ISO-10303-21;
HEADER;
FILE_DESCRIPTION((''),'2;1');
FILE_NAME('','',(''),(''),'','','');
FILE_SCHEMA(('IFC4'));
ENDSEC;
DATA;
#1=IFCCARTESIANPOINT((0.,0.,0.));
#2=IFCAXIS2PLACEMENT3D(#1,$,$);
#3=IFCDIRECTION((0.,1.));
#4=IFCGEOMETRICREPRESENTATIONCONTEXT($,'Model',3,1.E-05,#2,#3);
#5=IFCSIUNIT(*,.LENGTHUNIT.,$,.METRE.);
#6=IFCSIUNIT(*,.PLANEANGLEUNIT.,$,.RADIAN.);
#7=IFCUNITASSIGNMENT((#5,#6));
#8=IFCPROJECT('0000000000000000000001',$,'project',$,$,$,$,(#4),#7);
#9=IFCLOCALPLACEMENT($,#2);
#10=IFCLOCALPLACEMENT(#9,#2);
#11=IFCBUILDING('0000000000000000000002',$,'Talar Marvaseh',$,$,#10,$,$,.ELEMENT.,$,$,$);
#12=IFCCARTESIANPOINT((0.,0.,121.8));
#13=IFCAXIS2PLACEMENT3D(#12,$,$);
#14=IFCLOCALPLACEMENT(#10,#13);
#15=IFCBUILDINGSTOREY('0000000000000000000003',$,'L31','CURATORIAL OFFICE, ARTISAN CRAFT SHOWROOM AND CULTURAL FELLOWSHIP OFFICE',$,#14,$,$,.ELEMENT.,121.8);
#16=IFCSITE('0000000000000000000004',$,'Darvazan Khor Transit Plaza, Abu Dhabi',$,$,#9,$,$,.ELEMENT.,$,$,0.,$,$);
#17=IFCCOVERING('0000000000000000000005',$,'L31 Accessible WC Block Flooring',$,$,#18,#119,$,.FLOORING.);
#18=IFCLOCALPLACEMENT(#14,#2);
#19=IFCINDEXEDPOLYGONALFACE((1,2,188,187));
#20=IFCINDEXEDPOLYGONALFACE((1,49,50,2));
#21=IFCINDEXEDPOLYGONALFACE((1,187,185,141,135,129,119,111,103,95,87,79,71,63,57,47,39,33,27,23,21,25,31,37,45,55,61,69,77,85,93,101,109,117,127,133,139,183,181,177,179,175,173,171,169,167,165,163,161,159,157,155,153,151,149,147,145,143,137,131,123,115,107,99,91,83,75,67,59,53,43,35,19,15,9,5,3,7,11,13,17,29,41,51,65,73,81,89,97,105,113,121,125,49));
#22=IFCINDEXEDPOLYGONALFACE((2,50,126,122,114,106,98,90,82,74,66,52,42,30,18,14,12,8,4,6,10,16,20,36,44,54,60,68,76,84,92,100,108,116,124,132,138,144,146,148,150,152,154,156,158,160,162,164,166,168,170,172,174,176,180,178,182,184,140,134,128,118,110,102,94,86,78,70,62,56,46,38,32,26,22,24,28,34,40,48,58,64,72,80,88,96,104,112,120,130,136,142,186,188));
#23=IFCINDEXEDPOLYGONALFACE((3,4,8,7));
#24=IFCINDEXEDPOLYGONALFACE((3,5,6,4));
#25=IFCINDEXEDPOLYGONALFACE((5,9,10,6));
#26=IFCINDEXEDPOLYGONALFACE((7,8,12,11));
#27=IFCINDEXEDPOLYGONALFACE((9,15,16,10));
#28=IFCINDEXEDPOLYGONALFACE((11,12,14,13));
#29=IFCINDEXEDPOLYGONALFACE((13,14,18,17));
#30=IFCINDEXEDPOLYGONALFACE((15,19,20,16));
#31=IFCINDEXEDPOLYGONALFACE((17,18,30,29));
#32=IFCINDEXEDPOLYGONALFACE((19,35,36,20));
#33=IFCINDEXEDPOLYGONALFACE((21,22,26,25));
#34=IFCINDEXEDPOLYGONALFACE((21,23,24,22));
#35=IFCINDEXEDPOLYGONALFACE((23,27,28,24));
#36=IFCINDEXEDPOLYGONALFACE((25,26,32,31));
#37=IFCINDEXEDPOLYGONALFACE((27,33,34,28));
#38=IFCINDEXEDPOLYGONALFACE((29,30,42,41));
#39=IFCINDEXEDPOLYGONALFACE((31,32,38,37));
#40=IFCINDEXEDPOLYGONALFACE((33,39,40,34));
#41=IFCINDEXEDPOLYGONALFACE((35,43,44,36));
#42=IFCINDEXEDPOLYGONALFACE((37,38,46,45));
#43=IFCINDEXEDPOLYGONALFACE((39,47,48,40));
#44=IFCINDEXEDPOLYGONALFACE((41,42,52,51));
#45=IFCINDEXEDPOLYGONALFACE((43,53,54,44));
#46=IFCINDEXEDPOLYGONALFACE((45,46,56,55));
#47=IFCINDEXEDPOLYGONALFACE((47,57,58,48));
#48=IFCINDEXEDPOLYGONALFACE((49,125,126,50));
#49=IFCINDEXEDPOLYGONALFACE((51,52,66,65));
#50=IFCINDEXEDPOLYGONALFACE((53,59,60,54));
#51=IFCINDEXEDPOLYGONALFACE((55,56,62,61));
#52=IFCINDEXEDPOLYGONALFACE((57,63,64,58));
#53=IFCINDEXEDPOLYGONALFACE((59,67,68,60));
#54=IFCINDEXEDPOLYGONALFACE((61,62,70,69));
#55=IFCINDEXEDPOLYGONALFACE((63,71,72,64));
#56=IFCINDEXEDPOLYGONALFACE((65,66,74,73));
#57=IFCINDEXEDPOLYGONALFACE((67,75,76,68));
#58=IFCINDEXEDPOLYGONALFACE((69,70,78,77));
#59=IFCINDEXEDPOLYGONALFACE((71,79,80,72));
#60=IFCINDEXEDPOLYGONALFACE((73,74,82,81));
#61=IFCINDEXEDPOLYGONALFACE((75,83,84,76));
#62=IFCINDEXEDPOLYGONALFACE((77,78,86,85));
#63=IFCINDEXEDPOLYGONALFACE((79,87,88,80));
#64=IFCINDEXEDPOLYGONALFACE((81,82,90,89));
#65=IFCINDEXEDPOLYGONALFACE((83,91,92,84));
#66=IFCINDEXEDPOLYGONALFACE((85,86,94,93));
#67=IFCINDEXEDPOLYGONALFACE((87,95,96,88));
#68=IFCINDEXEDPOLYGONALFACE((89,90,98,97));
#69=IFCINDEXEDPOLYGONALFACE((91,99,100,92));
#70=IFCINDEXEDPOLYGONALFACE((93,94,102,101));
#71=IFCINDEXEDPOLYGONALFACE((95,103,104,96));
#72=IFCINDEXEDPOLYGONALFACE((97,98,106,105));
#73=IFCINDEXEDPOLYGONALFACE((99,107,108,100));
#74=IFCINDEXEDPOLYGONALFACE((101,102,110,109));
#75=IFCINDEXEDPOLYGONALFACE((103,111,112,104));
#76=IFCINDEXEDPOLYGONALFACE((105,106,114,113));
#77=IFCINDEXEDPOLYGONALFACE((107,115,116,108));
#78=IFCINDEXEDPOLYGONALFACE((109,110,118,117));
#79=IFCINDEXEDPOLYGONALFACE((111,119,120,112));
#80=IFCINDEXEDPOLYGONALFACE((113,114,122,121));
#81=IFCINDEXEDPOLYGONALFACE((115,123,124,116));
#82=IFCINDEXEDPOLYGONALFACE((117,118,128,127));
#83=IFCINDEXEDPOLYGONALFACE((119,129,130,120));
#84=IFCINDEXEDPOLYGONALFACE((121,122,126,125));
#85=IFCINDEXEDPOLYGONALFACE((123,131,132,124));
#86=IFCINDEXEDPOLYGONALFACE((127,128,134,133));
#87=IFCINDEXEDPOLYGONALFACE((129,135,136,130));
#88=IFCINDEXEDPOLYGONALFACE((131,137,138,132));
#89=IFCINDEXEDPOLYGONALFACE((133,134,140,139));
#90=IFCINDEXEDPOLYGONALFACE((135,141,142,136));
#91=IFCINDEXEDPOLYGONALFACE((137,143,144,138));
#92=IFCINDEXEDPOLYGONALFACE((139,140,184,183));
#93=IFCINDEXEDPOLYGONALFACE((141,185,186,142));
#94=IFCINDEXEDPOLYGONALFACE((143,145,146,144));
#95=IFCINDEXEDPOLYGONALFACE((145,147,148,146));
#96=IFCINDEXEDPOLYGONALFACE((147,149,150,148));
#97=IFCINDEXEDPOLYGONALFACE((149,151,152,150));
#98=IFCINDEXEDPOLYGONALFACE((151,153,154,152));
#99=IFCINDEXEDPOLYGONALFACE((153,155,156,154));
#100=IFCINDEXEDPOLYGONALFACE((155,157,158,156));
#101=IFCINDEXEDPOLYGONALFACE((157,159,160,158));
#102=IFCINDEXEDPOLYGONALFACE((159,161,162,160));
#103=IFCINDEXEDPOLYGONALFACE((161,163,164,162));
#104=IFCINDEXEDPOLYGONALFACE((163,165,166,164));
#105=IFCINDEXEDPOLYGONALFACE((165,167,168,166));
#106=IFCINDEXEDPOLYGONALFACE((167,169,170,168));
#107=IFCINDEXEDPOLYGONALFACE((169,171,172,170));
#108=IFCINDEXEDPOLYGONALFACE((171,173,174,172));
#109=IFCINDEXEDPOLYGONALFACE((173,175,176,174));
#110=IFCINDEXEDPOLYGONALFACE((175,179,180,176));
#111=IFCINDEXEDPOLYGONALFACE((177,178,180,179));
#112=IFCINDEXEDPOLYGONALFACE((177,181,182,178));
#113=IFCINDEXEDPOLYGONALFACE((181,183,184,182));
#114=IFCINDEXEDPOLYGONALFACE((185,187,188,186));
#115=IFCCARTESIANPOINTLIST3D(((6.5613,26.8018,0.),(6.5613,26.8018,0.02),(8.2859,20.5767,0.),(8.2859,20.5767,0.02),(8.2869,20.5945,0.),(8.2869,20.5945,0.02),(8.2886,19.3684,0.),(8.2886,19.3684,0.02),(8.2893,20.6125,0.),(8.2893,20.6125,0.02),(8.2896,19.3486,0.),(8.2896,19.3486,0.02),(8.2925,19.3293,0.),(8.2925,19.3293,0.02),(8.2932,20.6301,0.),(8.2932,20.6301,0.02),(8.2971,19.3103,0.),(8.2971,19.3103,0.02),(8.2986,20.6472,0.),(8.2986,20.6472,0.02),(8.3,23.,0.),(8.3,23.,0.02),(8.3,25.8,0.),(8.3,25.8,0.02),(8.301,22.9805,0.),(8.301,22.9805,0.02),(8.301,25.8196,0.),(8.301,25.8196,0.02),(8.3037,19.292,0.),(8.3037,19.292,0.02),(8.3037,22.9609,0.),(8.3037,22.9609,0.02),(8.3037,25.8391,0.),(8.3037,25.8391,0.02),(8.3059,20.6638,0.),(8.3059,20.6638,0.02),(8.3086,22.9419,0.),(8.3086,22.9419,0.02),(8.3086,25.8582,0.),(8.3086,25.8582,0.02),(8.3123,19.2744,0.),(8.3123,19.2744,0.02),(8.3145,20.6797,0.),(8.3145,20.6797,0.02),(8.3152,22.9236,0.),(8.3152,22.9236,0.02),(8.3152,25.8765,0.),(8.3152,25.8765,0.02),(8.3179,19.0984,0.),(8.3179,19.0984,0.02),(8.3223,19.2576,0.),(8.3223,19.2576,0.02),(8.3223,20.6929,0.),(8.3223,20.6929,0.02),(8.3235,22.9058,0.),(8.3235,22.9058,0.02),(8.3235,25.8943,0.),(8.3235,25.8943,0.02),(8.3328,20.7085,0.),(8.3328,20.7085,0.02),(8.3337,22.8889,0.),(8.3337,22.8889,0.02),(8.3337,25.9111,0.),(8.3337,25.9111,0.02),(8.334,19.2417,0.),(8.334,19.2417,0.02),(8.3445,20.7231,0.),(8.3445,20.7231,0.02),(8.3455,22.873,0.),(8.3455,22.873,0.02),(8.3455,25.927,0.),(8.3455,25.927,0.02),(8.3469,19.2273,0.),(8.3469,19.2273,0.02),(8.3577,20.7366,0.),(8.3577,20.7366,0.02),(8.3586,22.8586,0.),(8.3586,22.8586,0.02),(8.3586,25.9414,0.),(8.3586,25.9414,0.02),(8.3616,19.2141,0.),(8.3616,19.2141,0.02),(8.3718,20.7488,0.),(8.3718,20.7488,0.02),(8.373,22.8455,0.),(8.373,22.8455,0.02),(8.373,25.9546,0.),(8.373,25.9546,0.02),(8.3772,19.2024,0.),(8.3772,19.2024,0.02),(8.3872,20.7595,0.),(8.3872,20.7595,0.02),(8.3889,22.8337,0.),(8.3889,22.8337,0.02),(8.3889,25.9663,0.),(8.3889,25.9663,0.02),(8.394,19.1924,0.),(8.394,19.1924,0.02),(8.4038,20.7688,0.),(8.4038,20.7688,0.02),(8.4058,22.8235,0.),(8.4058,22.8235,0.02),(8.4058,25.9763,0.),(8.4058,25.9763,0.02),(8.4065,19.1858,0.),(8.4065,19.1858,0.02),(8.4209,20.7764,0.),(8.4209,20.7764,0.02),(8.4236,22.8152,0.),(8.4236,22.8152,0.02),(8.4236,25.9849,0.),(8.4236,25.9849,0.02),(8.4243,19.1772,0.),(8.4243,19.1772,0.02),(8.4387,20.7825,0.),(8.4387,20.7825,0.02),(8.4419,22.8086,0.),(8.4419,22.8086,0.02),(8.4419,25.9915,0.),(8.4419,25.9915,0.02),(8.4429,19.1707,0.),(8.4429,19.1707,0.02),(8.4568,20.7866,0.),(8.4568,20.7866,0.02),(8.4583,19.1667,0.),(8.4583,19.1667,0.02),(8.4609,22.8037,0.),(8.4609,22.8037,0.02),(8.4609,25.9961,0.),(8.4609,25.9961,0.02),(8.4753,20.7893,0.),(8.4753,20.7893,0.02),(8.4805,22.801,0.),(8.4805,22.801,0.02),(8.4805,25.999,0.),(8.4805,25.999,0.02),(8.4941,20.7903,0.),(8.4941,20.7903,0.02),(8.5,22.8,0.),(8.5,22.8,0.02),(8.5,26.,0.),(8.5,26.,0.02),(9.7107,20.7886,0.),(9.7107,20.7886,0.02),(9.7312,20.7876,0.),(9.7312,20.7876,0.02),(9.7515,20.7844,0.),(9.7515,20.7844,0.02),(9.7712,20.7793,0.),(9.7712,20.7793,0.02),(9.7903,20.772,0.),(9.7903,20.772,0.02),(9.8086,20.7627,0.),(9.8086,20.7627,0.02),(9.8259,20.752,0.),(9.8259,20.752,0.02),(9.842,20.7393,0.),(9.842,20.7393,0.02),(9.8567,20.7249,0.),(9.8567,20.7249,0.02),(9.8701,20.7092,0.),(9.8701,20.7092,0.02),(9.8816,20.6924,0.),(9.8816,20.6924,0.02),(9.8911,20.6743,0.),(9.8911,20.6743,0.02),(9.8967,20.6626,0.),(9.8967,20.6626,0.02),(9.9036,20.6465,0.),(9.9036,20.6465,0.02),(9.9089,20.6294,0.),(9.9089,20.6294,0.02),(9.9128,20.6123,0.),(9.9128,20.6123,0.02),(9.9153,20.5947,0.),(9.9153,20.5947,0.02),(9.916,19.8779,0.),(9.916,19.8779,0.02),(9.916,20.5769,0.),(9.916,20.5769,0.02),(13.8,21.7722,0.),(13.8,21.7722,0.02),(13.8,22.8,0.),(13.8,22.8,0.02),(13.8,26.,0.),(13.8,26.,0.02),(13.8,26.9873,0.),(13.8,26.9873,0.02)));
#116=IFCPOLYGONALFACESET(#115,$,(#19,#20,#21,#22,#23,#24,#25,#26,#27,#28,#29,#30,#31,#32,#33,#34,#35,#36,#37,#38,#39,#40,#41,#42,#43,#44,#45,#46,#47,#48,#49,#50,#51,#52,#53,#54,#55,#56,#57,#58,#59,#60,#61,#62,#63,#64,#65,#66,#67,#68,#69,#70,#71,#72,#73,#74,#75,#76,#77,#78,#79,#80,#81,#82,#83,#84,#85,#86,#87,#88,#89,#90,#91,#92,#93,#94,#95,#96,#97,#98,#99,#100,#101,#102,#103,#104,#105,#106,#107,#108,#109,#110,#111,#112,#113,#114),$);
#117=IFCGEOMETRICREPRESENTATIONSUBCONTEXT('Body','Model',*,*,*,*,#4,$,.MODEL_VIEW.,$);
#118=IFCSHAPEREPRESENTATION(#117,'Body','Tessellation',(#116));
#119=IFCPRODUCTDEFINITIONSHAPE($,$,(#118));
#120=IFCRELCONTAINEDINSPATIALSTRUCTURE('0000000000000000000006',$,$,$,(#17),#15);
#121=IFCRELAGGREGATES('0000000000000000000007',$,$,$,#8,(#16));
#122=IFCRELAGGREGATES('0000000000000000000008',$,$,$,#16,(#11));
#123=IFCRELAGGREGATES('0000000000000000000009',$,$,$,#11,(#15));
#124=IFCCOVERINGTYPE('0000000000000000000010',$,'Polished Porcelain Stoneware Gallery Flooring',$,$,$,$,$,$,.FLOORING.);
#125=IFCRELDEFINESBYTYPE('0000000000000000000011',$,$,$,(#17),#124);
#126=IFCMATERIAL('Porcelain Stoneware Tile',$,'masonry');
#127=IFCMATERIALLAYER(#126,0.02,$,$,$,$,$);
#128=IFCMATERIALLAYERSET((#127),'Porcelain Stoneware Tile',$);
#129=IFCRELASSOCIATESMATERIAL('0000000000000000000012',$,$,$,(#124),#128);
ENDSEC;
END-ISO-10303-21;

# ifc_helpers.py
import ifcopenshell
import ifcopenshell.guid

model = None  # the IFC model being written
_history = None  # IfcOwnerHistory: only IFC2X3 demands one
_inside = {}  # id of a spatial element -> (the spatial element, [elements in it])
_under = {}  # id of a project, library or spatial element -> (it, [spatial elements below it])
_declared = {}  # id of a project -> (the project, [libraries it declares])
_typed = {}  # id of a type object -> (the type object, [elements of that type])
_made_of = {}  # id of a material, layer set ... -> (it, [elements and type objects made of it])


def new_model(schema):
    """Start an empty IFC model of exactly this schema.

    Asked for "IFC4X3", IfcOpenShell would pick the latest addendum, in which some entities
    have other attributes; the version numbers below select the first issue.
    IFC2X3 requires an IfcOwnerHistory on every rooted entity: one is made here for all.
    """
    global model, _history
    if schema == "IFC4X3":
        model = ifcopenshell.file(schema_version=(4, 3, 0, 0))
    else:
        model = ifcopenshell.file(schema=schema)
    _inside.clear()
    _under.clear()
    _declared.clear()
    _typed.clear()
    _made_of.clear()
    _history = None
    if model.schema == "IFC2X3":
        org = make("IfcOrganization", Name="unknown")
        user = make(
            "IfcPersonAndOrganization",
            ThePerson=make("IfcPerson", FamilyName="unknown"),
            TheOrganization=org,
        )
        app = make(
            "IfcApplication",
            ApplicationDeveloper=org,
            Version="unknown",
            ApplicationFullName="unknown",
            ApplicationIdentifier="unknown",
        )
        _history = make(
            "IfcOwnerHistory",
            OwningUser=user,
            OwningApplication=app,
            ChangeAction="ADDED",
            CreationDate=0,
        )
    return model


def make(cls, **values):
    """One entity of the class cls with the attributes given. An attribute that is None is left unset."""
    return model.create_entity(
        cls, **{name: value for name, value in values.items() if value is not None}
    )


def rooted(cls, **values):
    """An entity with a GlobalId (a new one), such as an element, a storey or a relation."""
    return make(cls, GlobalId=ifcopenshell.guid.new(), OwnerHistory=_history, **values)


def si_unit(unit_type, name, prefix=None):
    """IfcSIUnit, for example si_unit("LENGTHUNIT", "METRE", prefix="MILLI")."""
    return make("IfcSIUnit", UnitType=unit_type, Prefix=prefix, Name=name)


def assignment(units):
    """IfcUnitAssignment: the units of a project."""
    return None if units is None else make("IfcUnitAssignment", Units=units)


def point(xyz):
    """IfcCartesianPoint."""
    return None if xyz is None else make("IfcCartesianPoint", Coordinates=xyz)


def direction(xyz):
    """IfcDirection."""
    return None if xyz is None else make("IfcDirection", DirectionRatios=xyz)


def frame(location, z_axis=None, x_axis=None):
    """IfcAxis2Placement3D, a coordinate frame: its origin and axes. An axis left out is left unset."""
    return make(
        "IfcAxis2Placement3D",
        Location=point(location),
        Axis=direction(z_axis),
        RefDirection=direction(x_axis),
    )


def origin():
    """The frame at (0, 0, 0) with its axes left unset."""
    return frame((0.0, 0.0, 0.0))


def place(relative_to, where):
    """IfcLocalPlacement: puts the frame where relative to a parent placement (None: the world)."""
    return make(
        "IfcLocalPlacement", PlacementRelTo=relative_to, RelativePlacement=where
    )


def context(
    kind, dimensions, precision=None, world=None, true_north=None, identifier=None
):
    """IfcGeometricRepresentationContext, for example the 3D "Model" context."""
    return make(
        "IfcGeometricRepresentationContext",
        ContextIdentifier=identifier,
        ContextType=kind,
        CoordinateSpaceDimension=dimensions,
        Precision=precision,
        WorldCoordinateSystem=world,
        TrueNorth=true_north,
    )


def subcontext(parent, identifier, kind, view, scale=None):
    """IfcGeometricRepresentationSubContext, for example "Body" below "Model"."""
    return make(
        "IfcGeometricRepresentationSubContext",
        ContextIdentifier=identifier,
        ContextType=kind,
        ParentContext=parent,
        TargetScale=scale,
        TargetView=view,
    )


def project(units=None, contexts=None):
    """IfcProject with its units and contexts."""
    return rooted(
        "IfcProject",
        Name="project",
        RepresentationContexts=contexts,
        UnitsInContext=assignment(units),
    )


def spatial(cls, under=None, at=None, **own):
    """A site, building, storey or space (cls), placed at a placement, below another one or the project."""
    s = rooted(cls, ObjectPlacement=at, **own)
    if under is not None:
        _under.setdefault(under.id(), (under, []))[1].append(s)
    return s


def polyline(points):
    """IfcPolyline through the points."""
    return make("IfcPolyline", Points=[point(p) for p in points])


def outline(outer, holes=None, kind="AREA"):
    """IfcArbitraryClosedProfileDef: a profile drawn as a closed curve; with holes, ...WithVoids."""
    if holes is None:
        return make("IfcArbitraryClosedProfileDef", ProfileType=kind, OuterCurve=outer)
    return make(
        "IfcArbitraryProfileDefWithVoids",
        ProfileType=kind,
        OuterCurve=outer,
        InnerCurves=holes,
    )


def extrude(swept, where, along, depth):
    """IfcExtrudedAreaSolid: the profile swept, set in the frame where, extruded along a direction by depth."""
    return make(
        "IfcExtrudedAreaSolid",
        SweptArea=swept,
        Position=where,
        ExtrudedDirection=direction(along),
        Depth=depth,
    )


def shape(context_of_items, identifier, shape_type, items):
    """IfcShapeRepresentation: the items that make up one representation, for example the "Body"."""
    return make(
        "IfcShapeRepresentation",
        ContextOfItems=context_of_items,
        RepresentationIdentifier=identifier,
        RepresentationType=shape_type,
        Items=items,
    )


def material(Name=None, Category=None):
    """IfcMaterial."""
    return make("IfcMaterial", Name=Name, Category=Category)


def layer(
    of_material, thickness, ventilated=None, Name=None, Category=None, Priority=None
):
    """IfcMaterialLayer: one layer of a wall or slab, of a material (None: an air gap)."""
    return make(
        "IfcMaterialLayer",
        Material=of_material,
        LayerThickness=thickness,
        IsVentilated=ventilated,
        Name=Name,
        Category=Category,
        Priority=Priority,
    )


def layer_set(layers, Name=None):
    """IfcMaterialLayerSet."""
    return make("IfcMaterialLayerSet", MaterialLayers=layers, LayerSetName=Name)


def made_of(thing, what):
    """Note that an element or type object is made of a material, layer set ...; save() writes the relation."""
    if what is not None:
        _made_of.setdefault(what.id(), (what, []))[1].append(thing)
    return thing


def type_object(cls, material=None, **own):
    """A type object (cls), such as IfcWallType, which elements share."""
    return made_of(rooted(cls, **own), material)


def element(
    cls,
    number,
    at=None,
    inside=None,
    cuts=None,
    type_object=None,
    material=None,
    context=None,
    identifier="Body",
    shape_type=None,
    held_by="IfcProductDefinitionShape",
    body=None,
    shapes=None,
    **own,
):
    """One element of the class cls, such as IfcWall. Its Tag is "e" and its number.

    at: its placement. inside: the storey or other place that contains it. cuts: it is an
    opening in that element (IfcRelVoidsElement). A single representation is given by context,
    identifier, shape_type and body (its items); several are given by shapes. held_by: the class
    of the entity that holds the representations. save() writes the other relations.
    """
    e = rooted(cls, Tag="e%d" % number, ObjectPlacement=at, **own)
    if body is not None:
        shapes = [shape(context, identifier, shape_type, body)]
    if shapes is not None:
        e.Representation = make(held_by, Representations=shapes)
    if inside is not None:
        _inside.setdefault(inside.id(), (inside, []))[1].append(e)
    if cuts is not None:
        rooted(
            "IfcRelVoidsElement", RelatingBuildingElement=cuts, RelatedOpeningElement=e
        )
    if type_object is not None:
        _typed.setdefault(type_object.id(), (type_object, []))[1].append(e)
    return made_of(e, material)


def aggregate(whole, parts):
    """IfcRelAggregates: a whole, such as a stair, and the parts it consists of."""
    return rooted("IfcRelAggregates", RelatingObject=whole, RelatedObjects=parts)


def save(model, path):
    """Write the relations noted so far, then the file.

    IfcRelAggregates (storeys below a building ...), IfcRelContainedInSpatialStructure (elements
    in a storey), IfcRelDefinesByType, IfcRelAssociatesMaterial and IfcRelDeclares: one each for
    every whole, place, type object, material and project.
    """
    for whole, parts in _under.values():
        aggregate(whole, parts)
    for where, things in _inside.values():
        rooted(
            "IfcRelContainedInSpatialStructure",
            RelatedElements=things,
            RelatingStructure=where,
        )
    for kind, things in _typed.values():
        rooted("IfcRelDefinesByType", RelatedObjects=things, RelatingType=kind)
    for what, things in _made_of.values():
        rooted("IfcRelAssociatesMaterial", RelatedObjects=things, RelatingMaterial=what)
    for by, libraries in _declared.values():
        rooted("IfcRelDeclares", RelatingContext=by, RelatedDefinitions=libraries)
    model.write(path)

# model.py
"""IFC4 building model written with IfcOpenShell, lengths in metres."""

from ifc_helpers import new_model, si_unit, direction, frame, origin, place, context, subcontext, project, spatial, polyline, outline, extrude, material, layer, layer_set, type_object, element, save


model = new_model("IFC4")

# Units and contexts
model_context = context("Model", 3, precision=1e-05, world=origin(), true_north=direction((0.0, 1.0)))
body_context = subcontext(model_context, "Body", "Model", "MODEL_VIEW")
ifc_project = project(units=[si_unit("LENGTHUNIT", "METRE"), si_unit("PLANEANGLEUNIT", "RADIAN")], contexts=[model_context])

# Site, building, storey
site_placement = place(None, origin())
site = spatial("IfcSite", under=ifc_project, at=site_placement, Name="Darvazan Khor Transit Plaza, Abu Dhabi", CompositionType="ELEMENT", RefElevation=0.0)
building_placement = place(site_placement, origin())
building = spatial("IfcBuilding", under=site, at=building_placement, Name="Talar Marvaseh", CompositionType="ELEMENT")
storey_placement = place(building_placement, frame((0.0, 0.0, 121.8)))
storey = spatial("IfcBuildingStorey", under=building, at=storey_placement, Name="L31", Description="CURATORIAL OFFICE, ARTISAN CRAFT SHOWROOM AND CULTURAL FELLOWSHIP OFFICE", CompositionType="ELEMENT", Elevation=121.8)

# Covering
ifc_material_1 = material(Name="Porcelain Stoneware Tile", Category="masonry")
ifc_layer_1 = layer(ifc_material_1, 0.02)
ifc_layer_set_1 = layer_set([ifc_layer_1], Name="Porcelain Stoneware Tile")
covering_type_1 = type_object("IfcCoveringType", Name="Polished Porcelain Stoneware Gallery Flooring", PredefinedType="FLOORING", material=ifc_layer_set_1)
covering_1_placement = place(storey_placement, origin())
element("IfcCovering", 1, at=covering_1_placement, inside=storey, type_object=covering_type_1, Name="L31 Accessible WC Block Flooring", PredefinedType="FLOORING", context=body_context, shape_type="SweptSolid", body=[
    extrude(outline(polyline([(6.5613, 26.8018), (13.8, 26.9873), (13.8, 26.0), (8.5, 26.0), (8.4805, 25.999), (8.4609, 25.9961), (8.4419, 25.9915), (8.4236, 25.9849), (8.4058, 25.9763), (8.3889, 25.9663), (8.373, 25.9546), (8.3586, 25.9414), (8.3455, 25.927), (8.3337, 25.9111), (8.3235, 25.8943), (8.3152, 25.8765), (8.3086, 25.8582), (8.3037, 25.8391), (8.301, 25.8196), (8.3, 25.8), (8.3, 23.0), (8.301, 22.9805), (8.3037, 22.9609), (8.3086, 22.9419), (8.3152, 22.9236), (8.3235, 22.9058), (8.3337, 22.8889), (8.3455, 22.873), (8.3586, 22.8586), (8.373, 22.8455), (8.3889, 22.8337), (8.4058, 22.8235), (8.4236, 22.8152), (8.4419, 22.8086), (8.4609, 22.8037), (8.4805, 22.801), (8.5, 22.8), (13.8, 22.8), (13.8, 21.7722), (9.916, 19.8779), (9.916, 20.5769), (9.9153, 20.5947), (9.9128, 20.6123), (9.9089, 20.6294), (9.9036, 20.6465), (9.8967, 20.6626), (9.8911, 20.6743), (9.8816, 20.6924), (9.8701, 20.7092), (9.8567, 20.7249), (9.842, 20.7393), (9.8259, 20.752), (9.8086, 20.7627), (9.7903, 20.772), (9.7712, 20.7793), (9.7515, 20.7844), (9.7312, 20.7876), (9.7107, 20.7886), (8.4941, 20.7903), (8.4753, 20.7893), (8.4568, 20.7866), (8.4387, 20.7825), (8.4209, 20.7764), (8.4038, 20.7688), (8.3872, 20.7595), (8.3718, 20.7488), (8.3577, 20.7366), (8.3445, 20.7231), (8.3328, 20.7085), (8.3223, 20.6929), (8.3145, 20.6797), (8.3059, 20.6638), (8.2986, 20.6472), (8.2932, 20.6301), (8.2893, 20.6125), (8.2869, 20.5945), (8.2859, 20.5767), (8.2886, 19.3684), (8.2896, 19.3486), (8.2925, 19.3293), (8.2971, 19.3103), (8.3037, 19.292), (8.3123, 19.2744), (8.3223, 19.2576), (8.334, 19.2417), (8.3469, 19.2273), (8.3616, 19.2141), (8.3772, 19.2024), (8.394, 19.1924), (8.4065, 19.1858), (8.4243, 19.1772), (8.4429, 19.1707), (8.4583, 19.1667), (8.3179, 19.0984), (6.5613, 26.8018)])), origin(), (0.0, 0.0, 1.0), 0.02),
])

save(model, "model.ifc")
